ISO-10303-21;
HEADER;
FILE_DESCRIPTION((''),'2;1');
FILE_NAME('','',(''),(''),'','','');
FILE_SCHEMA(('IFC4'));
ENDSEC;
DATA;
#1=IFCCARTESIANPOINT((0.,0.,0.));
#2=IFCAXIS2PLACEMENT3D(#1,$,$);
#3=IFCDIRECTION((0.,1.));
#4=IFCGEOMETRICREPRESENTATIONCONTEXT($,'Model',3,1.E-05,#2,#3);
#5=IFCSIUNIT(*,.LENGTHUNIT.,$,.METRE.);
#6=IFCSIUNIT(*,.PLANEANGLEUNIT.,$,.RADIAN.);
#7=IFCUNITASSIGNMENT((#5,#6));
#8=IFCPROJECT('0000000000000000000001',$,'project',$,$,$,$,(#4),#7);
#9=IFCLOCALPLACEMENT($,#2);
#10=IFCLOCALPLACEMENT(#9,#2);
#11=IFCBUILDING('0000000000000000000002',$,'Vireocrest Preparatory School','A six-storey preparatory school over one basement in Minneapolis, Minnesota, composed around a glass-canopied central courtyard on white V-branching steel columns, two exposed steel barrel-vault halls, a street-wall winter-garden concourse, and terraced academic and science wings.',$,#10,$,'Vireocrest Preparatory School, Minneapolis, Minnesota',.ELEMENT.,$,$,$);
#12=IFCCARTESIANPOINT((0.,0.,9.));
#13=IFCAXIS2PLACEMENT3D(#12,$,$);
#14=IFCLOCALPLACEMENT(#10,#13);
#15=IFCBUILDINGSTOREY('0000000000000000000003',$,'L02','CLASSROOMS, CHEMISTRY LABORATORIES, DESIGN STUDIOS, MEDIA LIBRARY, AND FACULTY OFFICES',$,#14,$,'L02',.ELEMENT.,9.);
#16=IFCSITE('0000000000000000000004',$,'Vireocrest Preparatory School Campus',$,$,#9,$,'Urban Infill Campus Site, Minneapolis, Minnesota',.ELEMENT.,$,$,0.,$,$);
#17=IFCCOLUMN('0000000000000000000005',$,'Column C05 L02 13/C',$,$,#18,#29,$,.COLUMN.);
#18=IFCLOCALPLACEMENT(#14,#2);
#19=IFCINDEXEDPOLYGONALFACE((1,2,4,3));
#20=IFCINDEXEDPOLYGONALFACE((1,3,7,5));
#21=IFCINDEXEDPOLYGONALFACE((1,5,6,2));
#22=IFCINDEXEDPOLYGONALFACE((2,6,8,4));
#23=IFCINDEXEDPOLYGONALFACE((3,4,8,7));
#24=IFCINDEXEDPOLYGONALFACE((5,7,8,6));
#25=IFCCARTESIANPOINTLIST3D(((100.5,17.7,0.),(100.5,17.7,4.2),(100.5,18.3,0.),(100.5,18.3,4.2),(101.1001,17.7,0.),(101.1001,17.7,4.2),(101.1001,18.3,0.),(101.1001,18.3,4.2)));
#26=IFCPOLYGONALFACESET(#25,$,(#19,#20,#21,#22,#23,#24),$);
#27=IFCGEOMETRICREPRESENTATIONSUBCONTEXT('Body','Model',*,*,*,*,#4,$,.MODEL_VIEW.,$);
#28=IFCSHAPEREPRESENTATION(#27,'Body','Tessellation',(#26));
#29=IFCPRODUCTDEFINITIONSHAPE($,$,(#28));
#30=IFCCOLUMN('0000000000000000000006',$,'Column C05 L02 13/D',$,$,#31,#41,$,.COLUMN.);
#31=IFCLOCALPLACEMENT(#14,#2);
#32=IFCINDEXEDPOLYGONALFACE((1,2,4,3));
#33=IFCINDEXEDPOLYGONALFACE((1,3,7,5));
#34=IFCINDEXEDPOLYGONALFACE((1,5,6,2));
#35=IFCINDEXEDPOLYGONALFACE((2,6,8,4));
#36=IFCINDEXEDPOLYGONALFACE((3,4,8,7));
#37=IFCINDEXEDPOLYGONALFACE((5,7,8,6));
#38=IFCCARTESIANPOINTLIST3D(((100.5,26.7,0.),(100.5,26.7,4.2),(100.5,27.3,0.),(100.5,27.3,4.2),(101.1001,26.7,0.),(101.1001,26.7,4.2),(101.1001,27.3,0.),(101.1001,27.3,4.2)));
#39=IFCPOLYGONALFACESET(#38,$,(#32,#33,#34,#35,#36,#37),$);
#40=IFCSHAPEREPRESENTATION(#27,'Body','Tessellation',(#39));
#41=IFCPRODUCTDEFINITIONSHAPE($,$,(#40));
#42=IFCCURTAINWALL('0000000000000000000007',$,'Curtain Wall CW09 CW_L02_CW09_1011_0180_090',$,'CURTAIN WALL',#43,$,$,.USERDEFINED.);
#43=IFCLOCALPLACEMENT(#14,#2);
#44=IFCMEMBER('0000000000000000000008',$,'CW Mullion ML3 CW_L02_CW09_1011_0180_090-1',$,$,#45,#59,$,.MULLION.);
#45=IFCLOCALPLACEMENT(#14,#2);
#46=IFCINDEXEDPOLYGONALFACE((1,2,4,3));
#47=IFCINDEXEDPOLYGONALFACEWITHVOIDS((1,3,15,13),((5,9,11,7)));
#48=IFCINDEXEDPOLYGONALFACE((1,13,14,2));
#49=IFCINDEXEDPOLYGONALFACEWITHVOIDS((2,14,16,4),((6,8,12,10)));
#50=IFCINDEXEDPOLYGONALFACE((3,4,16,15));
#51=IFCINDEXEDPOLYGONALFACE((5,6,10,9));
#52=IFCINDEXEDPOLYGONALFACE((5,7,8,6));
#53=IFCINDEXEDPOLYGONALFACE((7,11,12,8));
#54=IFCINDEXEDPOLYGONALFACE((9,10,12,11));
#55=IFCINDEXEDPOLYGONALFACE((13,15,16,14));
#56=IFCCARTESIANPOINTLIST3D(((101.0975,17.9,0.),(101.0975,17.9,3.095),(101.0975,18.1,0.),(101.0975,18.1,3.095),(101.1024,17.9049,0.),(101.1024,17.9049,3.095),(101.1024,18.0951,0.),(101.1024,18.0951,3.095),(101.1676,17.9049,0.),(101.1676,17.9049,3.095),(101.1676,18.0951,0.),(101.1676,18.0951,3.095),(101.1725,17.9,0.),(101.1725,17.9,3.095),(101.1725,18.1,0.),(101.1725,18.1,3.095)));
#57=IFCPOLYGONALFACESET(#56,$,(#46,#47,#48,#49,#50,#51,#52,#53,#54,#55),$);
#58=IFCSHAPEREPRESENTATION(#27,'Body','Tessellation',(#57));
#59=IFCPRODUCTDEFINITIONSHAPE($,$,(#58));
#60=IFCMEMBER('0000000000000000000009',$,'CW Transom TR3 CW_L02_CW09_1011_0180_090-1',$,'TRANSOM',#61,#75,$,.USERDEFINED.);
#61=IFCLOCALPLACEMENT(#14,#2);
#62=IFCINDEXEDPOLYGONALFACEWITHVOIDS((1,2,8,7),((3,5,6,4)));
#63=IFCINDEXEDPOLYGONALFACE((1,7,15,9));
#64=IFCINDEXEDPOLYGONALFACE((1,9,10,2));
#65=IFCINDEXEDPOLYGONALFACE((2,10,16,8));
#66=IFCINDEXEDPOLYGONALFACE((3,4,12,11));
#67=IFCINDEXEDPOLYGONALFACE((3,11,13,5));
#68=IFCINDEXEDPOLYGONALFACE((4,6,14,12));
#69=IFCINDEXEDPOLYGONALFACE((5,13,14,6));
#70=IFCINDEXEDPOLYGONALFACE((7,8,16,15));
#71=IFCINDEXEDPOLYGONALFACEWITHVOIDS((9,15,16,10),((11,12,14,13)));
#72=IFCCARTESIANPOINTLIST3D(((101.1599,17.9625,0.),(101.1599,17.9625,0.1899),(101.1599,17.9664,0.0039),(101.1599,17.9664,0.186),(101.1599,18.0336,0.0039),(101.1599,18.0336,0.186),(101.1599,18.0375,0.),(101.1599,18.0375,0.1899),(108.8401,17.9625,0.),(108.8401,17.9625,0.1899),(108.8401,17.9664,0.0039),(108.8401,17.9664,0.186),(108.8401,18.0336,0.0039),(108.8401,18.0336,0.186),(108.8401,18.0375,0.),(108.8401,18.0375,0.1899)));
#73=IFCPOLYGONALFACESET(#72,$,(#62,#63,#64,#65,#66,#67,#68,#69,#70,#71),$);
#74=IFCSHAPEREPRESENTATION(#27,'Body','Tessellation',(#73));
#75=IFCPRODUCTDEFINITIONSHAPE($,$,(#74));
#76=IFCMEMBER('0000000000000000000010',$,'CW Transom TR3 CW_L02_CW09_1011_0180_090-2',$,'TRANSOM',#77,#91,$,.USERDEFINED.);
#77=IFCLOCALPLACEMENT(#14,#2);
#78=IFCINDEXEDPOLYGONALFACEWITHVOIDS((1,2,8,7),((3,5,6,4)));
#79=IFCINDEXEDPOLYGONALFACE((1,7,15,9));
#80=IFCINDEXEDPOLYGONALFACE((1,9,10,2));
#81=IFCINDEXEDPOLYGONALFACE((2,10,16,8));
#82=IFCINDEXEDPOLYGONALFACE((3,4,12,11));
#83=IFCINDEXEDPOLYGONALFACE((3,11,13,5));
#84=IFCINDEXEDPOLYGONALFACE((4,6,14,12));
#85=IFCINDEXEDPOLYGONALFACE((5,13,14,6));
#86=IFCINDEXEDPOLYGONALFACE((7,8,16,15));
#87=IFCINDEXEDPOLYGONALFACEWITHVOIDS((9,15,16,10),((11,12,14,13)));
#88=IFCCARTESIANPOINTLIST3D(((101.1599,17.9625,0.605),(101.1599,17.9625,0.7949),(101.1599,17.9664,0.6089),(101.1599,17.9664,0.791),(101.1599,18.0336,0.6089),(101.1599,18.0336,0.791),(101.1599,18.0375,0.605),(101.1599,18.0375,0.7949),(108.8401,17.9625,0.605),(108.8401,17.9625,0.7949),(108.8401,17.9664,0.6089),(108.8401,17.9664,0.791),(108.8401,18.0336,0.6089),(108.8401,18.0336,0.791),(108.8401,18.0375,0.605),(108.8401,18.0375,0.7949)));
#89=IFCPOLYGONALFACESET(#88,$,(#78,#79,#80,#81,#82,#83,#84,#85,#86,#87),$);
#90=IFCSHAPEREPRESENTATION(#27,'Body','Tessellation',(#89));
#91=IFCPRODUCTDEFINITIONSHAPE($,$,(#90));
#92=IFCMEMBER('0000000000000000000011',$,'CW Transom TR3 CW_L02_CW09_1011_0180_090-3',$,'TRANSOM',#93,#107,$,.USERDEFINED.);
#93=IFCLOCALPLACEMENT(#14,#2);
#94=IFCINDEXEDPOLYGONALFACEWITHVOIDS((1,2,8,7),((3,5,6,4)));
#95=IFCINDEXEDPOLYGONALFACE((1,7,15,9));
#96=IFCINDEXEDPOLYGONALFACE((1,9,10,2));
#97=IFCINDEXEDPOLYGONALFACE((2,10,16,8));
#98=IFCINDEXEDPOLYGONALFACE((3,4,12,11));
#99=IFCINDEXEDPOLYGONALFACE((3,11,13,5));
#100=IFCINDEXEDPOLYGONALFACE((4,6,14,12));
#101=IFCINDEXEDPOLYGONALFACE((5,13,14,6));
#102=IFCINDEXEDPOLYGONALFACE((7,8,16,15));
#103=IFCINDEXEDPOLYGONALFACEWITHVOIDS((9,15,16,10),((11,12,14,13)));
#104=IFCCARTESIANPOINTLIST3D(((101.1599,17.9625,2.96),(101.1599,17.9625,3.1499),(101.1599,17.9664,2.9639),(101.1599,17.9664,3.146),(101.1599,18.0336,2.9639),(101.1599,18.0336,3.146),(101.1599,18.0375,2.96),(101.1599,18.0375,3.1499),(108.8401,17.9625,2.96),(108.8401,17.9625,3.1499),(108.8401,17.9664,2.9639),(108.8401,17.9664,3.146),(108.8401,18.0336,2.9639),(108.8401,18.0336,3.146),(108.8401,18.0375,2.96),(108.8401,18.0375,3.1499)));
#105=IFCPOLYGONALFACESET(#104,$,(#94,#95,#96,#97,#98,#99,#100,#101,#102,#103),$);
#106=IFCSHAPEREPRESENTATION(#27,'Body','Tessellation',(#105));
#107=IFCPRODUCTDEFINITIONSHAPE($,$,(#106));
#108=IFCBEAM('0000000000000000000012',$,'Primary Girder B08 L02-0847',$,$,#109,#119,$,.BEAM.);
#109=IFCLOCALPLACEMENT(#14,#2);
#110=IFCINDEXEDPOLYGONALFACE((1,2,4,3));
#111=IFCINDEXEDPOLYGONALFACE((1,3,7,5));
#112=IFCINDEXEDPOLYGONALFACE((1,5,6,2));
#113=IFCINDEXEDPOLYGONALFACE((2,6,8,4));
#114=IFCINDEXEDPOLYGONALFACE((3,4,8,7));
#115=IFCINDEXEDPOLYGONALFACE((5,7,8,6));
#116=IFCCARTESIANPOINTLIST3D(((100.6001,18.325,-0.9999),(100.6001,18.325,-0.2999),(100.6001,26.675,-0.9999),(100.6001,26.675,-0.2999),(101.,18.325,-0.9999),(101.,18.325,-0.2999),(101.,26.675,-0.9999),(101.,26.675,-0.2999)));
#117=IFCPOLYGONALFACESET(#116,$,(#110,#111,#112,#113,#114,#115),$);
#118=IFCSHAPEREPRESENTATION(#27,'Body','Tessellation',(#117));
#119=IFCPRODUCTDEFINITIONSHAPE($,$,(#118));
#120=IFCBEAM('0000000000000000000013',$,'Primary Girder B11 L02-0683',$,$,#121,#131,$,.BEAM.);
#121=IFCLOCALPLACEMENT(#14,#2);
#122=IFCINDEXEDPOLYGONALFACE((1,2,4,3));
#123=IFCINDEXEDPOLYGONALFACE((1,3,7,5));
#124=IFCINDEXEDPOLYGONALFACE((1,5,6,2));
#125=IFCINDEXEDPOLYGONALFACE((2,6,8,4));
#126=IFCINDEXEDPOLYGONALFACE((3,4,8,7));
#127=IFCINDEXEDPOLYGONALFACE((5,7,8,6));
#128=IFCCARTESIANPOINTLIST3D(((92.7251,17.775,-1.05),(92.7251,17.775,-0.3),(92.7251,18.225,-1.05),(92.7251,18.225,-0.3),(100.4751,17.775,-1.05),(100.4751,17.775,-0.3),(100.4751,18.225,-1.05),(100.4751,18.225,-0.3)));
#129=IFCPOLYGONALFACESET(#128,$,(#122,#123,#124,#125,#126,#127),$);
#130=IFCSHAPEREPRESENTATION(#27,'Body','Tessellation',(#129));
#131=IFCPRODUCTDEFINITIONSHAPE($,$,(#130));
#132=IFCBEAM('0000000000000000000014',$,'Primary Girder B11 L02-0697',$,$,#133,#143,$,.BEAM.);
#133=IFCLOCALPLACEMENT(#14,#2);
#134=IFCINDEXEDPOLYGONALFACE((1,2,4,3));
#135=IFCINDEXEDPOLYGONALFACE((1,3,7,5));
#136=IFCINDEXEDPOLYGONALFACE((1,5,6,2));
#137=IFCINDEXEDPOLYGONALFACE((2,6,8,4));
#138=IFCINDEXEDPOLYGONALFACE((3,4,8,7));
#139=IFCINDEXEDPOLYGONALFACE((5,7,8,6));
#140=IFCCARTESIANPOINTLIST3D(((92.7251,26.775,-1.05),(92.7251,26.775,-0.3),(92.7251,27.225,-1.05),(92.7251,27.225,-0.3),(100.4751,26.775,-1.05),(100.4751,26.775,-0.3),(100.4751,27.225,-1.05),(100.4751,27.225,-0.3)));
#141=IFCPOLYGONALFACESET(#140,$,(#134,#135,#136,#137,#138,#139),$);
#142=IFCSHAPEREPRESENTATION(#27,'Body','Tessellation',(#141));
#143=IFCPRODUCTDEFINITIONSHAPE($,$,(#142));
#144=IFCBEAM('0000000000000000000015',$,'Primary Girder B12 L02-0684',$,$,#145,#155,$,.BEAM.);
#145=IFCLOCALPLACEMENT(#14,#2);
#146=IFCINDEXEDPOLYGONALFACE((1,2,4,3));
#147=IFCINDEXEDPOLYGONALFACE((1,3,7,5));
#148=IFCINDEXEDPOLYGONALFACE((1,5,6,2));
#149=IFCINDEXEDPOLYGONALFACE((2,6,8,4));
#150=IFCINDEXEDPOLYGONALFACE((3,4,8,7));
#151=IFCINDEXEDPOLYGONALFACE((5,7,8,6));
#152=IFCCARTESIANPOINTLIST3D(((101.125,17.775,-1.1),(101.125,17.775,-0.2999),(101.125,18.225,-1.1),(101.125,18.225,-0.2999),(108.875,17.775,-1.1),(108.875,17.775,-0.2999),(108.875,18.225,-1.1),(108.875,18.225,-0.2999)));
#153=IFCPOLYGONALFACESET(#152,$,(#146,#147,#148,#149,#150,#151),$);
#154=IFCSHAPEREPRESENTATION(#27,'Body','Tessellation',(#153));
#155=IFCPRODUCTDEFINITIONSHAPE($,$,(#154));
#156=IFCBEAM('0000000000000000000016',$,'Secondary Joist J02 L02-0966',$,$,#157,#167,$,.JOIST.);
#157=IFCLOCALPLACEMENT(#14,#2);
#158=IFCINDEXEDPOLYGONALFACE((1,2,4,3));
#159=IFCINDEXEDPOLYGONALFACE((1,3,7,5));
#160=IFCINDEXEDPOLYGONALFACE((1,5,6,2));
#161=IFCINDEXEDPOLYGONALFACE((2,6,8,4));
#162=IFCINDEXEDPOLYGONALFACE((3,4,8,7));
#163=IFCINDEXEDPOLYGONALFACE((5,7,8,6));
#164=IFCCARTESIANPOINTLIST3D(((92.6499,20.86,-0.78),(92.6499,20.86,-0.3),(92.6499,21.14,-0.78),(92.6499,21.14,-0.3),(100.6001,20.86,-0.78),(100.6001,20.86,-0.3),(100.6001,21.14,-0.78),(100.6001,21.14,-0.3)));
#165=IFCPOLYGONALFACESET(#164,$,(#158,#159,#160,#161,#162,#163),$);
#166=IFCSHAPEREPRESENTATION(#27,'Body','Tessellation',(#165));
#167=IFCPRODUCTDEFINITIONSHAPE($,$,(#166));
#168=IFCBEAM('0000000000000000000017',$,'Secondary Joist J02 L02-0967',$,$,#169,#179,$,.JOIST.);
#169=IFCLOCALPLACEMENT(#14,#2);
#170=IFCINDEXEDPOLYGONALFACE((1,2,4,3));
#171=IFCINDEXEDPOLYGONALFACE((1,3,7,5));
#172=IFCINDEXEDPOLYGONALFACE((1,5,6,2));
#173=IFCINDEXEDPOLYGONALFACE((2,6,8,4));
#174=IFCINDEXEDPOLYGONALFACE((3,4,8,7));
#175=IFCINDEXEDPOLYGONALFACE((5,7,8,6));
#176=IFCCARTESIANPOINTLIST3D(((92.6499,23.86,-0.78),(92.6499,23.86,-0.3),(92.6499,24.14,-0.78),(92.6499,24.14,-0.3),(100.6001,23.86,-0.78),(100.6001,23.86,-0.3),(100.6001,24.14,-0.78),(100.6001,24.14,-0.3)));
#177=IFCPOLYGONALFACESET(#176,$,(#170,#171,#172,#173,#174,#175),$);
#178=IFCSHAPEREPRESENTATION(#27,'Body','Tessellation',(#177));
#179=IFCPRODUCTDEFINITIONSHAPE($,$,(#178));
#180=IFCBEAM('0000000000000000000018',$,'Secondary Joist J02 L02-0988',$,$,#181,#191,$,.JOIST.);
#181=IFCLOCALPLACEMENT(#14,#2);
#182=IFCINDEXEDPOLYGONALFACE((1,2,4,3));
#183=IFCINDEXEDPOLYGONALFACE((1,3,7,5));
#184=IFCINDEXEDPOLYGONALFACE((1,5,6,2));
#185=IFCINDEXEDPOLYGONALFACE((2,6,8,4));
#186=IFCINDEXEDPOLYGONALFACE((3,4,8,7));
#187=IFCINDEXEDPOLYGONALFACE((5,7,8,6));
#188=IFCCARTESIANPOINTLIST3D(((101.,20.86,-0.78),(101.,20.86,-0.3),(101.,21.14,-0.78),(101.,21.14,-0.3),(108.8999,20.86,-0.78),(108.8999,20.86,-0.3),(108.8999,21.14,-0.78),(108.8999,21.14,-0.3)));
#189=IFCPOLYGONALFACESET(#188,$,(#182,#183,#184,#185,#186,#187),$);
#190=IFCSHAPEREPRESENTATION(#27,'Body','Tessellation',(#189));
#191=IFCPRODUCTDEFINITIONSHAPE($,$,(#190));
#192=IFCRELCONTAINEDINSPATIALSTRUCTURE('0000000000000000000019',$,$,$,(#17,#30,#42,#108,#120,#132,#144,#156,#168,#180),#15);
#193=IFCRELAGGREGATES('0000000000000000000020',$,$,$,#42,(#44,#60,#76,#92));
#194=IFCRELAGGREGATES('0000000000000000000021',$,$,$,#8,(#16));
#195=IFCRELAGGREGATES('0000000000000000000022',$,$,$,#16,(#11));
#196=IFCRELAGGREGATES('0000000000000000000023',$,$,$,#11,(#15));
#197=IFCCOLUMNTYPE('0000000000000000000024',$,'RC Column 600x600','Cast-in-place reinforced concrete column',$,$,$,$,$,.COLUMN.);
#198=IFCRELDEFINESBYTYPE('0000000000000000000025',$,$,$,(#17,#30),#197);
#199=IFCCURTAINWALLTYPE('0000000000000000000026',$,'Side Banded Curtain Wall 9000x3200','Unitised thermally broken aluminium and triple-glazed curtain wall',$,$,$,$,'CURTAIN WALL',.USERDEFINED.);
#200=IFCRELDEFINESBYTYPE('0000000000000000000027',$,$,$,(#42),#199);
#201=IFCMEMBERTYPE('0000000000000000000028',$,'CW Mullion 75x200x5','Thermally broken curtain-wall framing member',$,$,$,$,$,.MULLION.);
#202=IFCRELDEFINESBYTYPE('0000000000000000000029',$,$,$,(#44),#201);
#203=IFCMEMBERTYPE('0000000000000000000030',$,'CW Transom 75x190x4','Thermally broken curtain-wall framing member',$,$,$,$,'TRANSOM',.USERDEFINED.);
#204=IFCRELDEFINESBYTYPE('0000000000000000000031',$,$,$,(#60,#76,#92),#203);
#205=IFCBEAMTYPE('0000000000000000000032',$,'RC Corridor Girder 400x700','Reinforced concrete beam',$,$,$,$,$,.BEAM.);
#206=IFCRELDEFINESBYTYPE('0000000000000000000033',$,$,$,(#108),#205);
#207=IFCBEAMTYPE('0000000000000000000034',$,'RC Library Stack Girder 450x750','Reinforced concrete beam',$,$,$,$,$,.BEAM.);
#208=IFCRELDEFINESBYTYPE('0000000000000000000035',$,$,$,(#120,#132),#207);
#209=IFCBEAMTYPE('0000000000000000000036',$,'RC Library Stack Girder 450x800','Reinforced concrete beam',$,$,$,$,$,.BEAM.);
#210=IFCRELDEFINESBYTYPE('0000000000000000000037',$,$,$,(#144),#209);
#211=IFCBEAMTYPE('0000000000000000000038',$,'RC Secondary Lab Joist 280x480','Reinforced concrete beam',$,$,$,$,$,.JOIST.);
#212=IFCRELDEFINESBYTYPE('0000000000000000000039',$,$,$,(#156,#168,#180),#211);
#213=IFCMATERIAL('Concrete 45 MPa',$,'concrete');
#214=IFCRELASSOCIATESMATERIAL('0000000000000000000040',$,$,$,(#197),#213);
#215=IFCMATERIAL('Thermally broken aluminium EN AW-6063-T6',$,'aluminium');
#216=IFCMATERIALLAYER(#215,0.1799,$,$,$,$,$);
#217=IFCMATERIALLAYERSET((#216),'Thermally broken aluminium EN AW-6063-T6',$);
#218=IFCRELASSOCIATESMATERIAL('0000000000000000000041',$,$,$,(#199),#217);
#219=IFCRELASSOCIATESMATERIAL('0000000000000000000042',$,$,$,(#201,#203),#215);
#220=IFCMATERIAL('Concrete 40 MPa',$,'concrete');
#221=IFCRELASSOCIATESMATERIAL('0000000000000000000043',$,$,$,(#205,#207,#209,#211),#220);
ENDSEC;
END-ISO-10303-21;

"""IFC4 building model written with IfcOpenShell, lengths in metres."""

from ifc_helpers import new_model, si_unit, direction, frame, origin, origin_2d, place, context, subcontext, project, spatial, rectangle, hollow_rectangle, extrude, material, layer, layer_set, material_profile, profile_set, type_object, element, aggregate, save


model = new_model("IFC4")

# Units and contexts
model_context = context("Model", 3, precision=1e-05, world=origin(), true_north=direction((0.0, 1.0)))
body_context = subcontext(model_context, "Body", "Model", "MODEL_VIEW")
ifc_project = project(units=[si_unit("LENGTHUNIT", "METRE"), si_unit("PLANEANGLEUNIT", "RADIAN")], contexts=[model_context])

# Site, building, storey
site_placement = place(None, origin())
site = spatial("IfcSite", under=ifc_project, at=site_placement, Name="Vireocrest Preparatory School Campus", LongName="Urban Infill Campus Site, Minneapolis, Minnesota", CompositionType="ELEMENT", RefElevation=0.0)
building_placement = place(site_placement, origin())
building = spatial("IfcBuilding", under=site, at=building_placement, Name="Vireocrest Preparatory School", Description="A six-storey preparatory school over one basement in Minneapolis, Minnesota, composed around a glass-canopied central courtyard on white V-branching steel columns, two exposed steel barrel-vault halls, a street-wall winter-garden concourse, and terraced academic and science wings.", LongName="Vireocrest Preparatory School, Minneapolis, Minnesota", CompositionType="ELEMENT")
storey_placement = place(building_placement, frame((0.0, 0.0, 9.0)))
storey = spatial("IfcBuildingStorey", under=building, at=storey_placement, Name="L02", Description="CLASSROOMS, CHEMISTRY LABORATORIES, DESIGN STUDIOS, MEDIA LIBRARY, AND FACULTY OFFICES", LongName="L02", CompositionType="ELEMENT", Elevation=9.0)

# Columns
ifc_material_1 = material(Name="Concrete 45 MPa", Category="concrete")
ifc_material_profile_1 = material_profile(ifc_material_1, rectangle(XDim=0.6001, YDim=0.6001, at=origin_2d()), Name="RC 600x600")
ifc_profile_set_1 = profile_set([ifc_material_profile_1], Name="Concrete 45 MPa")
column_type = type_object("IfcColumnType", Name="RC Column 600x600", Description="Cast-in-place reinforced concrete column", PredefinedType="COLUMN", material=ifc_profile_set_1)
for number, where, z_axis, x_axis, name in (
    (1, (100.8, 18.0, 0.0), (0.0, 0.0, 1.0), (1.0, 0.0, 0.0), "Column C05 L02 13/C"),
    (2, (100.8, 27.0, 0.0), (0.0, 0.0, 1.0), (1.0, 0.0, 0.0), "Column C05 L02 13/D"),
):
    element("IfcColumn", number, at=place(storey_placement, frame(where, z_axis=z_axis, x_axis=x_axis)), inside=storey, type_object=column_type, Name=name, PredefinedType="COLUMN", context=body_context, shape_type="SweptSolid", body=[
        extrude(rectangle(XDim=0.6001, YDim=0.6001, at=origin_2d()), origin(), (0.0, 0.0, 1.0), 4.2),
    ])

# Curtain wall, members
ifc_material_2 = material(Name="Thermally broken aluminium EN AW-6063-T6", Category="aluminium")
ifc_layer_1 = layer(ifc_material_2, 0.1799)
ifc_layer_set_1 = layer_set([ifc_layer_1], Name="Thermally broken aluminium EN AW-6063-T6")
curtain_wall_type = type_object("IfcCurtainWallType", Name="Side Banded Curtain Wall 9000x3200", Description="Unitised thermally broken aluminium and triple-glazed curtain wall", ElementType="CURTAIN WALL", PredefinedType="USERDEFINED", material=ifc_layer_set_1)
curtain_wall_placement = place(storey_placement, origin())
curtain_wall = element("IfcCurtainWall", 3, at=curtain_wall_placement, inside=storey, type_object=curtain_wall_type, Name="Curtain Wall CW09 CW_L02_CW09_1011_0180_090", ObjectType="CURTAIN WALL", PredefinedType="USERDEFINED")
ifc_material_profile_2 = material_profile(ifc_material_2, hollow_rectangle(XDim=0.075, YDim=0.2, WallThickness=0.0049, at=origin_2d()), Name="ALU 75x200x5")
ifc_profile_set_2 = profile_set([ifc_material_profile_2], Name="Thermally broken aluminium EN AW-6063-T6")
member_type_1 = type_object("IfcMemberType", Name="CW Mullion 75x200x5", Description="Thermally broken curtain-wall framing member", PredefinedType="MULLION", material=ifc_profile_set_2)
member_1_placement = place(storey_placement, frame((101.135, 18.0, 0.0), z_axis=(0.0, 0.0, 1.0), x_axis=(1.0, 0.0, 0.0)))
member_1 = element("IfcMember", 4, at=member_1_placement, type_object=member_type_1, Name="CW Mullion ML3 CW_L02_CW09_1011_0180_090-1", PredefinedType="MULLION", context=body_context, shape_type="SweptSolid", body=[
    extrude(hollow_rectangle(XDim=0.075, YDim=0.2, WallThickness=0.0049, at=origin_2d()), origin(), (0.0, 0.0, 1.0), 3.095),
])
ifc_material_profile_3 = material_profile(ifc_material_2, hollow_rectangle(XDim=0.075, YDim=0.1899, WallThickness=0.0039, at=origin_2d()), Name="ALU 75x190x4")
ifc_profile_set_3 = profile_set([ifc_material_profile_3], Name="Thermally broken aluminium EN AW-6063-T6")
member_type_2 = type_object("IfcMemberType", Name="CW Transom 75x190x4", Description="Thermally broken curtain-wall framing member", ElementType="TRANSOM", PredefinedType="USERDEFINED", material=ifc_profile_set_3)
member_2_placement = place(storey_placement, frame((101.1599, 18.0, 0.095), z_axis=(1.0, 0.0, 0.0), x_axis=(0.0, 1.0, 0.0)))
member_2 = element("IfcMember", 5, at=member_2_placement, type_object=member_type_2, Name="CW Transom TR3 CW_L02_CW09_1011_0180_090-1", ObjectType="TRANSOM", PredefinedType="USERDEFINED", context=body_context, shape_type="SweptSolid", body=[
    extrude(hollow_rectangle(XDim=0.075, YDim=0.1899, WallThickness=0.0039, at=origin_2d()), origin(), (0.0, 0.0, 1.0), 7.6802),
])
member_3_placement = place(storey_placement, frame((101.1599, 18.0, 0.7), z_axis=(1.0, 0.0, 0.0), x_axis=(0.0, 1.0, 0.0)))
member_3 = element("IfcMember", 6, at=member_3_placement, type_object=member_type_2, Name="CW Transom TR3 CW_L02_CW09_1011_0180_090-2", ObjectType="TRANSOM", PredefinedType="USERDEFINED", context=body_context, shape_type="SweptSolid", body=[
    extrude(hollow_rectangle(XDim=0.075, YDim=0.1899, WallThickness=0.0039, at=origin_2d()), origin(), (0.0, 0.0, 1.0), 7.6802),
])
member_4_placement = place(storey_placement, frame((101.1599, 18.0, 3.0549), z_axis=(1.0, 0.0, 0.0), x_axis=(0.0, 1.0, 0.0)))
member_4 = element("IfcMember", 7, at=member_4_placement, type_object=member_type_2, Name="CW Transom TR3 CW_L02_CW09_1011_0180_090-3", ObjectType="TRANSOM", PredefinedType="USERDEFINED", context=body_context, shape_type="SweptSolid", body=[
    extrude(hollow_rectangle(XDim=0.075, YDim=0.1899, WallThickness=0.0039, at=origin_2d()), origin(), (0.0, 0.0, 1.0), 7.6802),
])
aggregate(curtain_wall, [member_1, member_2, member_3, member_4])

# Beams
ifc_material_3 = material(Name="Concrete 40 MPa", Category="concrete")
ifc_material_profile_4 = material_profile(ifc_material_3, rectangle(XDim=0.3999, YDim=0.7, at=origin_2d()), Name="RC 400x700")
ifc_profile_set_4 = profile_set([ifc_material_profile_4], Name="Concrete 40 MPa")
beam_type_1 = type_object("IfcBeamType", Name="RC Corridor Girder 400x700", Description="Reinforced concrete beam", PredefinedType="BEAM", material=ifc_profile_set_4)
beam_1_placement = place(storey_placement, frame((100.8, 18.325, -0.6499), z_axis=(0.0, 1.0, 0.0), x_axis=(-1.0, 0.0, 0.0)))
element("IfcBeam", 8, at=beam_1_placement, inside=storey, type_object=beam_type_1, Name="Primary Girder B08 L02-0847", PredefinedType="BEAM", context=body_context, shape_type="SweptSolid", body=[
    extrude(rectangle(XDim=0.3999, YDim=0.7, at=origin_2d()), origin(), (0.0, 0.0, 1.0), 8.3501),
])
ifc_material_profile_5 = material_profile(ifc_material_3, rectangle(XDim=0.45, YDim=0.75, at=origin_2d()), Name="RC 450x750")
ifc_profile_set_5 = profile_set([ifc_material_profile_5], Name="Concrete 40 MPa")
beam_type_2 = type_object("IfcBeamType", Name="RC Library Stack Girder 450x750", Description="Reinforced concrete beam", PredefinedType="BEAM", material=ifc_profile_set_5)
for number, where, z_axis, x_axis, name in (
    (9, (92.7251, 18.0, -0.675), (1.0, 0.0, 0.0), (0.0, 1.0, 0.0), "Primary Girder B11 L02-0683"),
    (10, (92.7251, 27.0, -0.675), (1.0, 0.0, 0.0), (0.0, 1.0, 0.0), "Primary Girder B11 L02-0697"),
):
    element("IfcBeam", number, at=place(storey_placement, frame(where, z_axis=z_axis, x_axis=x_axis)), inside=storey, type_object=beam_type_2, Name=name, PredefinedType="BEAM", context=body_context, shape_type="SweptSolid", body=[
        extrude(rectangle(XDim=0.45, YDim=0.75, at=origin_2d()), origin(), (0.0, 0.0, 1.0), 7.75),
    ])
ifc_material_profile_6 = material_profile(ifc_material_3, rectangle(XDim=0.45, YDim=0.8, at=origin_2d()), Name="RC 450x800")
ifc_profile_set_6 = profile_set([ifc_material_profile_6], Name="Concrete 40 MPa")
beam_type_3 = type_object("IfcBeamType", Name="RC Library Stack Girder 450x800", Description="Reinforced concrete beam", PredefinedType="BEAM", material=ifc_profile_set_6)
beam_2_placement = place(storey_placement, frame((101.125, 18.0, -0.7), z_axis=(1.0, 0.0, 0.0), x_axis=(0.0, 1.0, 0.0)))
element("IfcBeam", 11, at=beam_2_placement, inside=storey, type_object=beam_type_3, Name="Primary Girder B12 L02-0684", PredefinedType="BEAM", context=body_context, shape_type="SweptSolid", body=[
    extrude(rectangle(XDim=0.45, YDim=0.8, at=origin_2d()), origin(), (0.0, 0.0, 1.0), 7.75),
])
ifc_material_profile_7 = material_profile(ifc_material_3, rectangle(XDim=0.28, YDim=0.48, at=origin_2d()), Name="RC 280x480")
ifc_profile_set_7 = profile_set([ifc_material_profile_7], Name="Concrete 40 MPa")
beam_type_4 = type_object("IfcBeamType", Name="RC Secondary Lab Joist 280x480", Description="Reinforced concrete beam", PredefinedType="JOIST", material=ifc_profile_set_7)
for number, where, z_axis, x_axis, name in (
    (12, (92.6499, 21.0, -0.54), (1.0, 0.0, 0.0), (0.0, 1.0, 0.0), "Secondary Joist J02 L02-0966"),
    (13, (92.6499, 24.0, -0.54), (1.0, 0.0, 0.0), (0.0, 1.0, 0.0), "Secondary Joist J02 L02-0967"),
):
    element("IfcBeam", number, at=place(storey_placement, frame(where, z_axis=z_axis, x_axis=x_axis)), inside=storey, type_object=beam_type_4, Name=name, PredefinedType="JOIST", context=body_context, shape_type="SweptSolid", body=[
        extrude(rectangle(XDim=0.28, YDim=0.48, at=origin_2d()), origin(), (0.0, 0.0, 1.0), 7.9502),
    ])
for number, where, z_axis, x_axis, name in (
    (14, (101.0, 21.0, -0.54), (1.0, 0.0, 0.0), (0.0, 1.0, 0.0), "Secondary Joist J02 L02-0988"),
):
    element("IfcBeam", number, at=place(storey_placement, frame(where, z_axis=z_axis, x_axis=x_axis)), inside=storey, type_object=beam_type_4, Name=name, PredefinedType="JOIST", context=body_context, shape_type="SweptSolid", body=[
        extrude(rectangle(XDim=0.28, YDim=0.48, at=origin_2d()), origin(), (0.0, 0.0, 1.0), 7.8999),
    ])

save(model, "model.ifc")
